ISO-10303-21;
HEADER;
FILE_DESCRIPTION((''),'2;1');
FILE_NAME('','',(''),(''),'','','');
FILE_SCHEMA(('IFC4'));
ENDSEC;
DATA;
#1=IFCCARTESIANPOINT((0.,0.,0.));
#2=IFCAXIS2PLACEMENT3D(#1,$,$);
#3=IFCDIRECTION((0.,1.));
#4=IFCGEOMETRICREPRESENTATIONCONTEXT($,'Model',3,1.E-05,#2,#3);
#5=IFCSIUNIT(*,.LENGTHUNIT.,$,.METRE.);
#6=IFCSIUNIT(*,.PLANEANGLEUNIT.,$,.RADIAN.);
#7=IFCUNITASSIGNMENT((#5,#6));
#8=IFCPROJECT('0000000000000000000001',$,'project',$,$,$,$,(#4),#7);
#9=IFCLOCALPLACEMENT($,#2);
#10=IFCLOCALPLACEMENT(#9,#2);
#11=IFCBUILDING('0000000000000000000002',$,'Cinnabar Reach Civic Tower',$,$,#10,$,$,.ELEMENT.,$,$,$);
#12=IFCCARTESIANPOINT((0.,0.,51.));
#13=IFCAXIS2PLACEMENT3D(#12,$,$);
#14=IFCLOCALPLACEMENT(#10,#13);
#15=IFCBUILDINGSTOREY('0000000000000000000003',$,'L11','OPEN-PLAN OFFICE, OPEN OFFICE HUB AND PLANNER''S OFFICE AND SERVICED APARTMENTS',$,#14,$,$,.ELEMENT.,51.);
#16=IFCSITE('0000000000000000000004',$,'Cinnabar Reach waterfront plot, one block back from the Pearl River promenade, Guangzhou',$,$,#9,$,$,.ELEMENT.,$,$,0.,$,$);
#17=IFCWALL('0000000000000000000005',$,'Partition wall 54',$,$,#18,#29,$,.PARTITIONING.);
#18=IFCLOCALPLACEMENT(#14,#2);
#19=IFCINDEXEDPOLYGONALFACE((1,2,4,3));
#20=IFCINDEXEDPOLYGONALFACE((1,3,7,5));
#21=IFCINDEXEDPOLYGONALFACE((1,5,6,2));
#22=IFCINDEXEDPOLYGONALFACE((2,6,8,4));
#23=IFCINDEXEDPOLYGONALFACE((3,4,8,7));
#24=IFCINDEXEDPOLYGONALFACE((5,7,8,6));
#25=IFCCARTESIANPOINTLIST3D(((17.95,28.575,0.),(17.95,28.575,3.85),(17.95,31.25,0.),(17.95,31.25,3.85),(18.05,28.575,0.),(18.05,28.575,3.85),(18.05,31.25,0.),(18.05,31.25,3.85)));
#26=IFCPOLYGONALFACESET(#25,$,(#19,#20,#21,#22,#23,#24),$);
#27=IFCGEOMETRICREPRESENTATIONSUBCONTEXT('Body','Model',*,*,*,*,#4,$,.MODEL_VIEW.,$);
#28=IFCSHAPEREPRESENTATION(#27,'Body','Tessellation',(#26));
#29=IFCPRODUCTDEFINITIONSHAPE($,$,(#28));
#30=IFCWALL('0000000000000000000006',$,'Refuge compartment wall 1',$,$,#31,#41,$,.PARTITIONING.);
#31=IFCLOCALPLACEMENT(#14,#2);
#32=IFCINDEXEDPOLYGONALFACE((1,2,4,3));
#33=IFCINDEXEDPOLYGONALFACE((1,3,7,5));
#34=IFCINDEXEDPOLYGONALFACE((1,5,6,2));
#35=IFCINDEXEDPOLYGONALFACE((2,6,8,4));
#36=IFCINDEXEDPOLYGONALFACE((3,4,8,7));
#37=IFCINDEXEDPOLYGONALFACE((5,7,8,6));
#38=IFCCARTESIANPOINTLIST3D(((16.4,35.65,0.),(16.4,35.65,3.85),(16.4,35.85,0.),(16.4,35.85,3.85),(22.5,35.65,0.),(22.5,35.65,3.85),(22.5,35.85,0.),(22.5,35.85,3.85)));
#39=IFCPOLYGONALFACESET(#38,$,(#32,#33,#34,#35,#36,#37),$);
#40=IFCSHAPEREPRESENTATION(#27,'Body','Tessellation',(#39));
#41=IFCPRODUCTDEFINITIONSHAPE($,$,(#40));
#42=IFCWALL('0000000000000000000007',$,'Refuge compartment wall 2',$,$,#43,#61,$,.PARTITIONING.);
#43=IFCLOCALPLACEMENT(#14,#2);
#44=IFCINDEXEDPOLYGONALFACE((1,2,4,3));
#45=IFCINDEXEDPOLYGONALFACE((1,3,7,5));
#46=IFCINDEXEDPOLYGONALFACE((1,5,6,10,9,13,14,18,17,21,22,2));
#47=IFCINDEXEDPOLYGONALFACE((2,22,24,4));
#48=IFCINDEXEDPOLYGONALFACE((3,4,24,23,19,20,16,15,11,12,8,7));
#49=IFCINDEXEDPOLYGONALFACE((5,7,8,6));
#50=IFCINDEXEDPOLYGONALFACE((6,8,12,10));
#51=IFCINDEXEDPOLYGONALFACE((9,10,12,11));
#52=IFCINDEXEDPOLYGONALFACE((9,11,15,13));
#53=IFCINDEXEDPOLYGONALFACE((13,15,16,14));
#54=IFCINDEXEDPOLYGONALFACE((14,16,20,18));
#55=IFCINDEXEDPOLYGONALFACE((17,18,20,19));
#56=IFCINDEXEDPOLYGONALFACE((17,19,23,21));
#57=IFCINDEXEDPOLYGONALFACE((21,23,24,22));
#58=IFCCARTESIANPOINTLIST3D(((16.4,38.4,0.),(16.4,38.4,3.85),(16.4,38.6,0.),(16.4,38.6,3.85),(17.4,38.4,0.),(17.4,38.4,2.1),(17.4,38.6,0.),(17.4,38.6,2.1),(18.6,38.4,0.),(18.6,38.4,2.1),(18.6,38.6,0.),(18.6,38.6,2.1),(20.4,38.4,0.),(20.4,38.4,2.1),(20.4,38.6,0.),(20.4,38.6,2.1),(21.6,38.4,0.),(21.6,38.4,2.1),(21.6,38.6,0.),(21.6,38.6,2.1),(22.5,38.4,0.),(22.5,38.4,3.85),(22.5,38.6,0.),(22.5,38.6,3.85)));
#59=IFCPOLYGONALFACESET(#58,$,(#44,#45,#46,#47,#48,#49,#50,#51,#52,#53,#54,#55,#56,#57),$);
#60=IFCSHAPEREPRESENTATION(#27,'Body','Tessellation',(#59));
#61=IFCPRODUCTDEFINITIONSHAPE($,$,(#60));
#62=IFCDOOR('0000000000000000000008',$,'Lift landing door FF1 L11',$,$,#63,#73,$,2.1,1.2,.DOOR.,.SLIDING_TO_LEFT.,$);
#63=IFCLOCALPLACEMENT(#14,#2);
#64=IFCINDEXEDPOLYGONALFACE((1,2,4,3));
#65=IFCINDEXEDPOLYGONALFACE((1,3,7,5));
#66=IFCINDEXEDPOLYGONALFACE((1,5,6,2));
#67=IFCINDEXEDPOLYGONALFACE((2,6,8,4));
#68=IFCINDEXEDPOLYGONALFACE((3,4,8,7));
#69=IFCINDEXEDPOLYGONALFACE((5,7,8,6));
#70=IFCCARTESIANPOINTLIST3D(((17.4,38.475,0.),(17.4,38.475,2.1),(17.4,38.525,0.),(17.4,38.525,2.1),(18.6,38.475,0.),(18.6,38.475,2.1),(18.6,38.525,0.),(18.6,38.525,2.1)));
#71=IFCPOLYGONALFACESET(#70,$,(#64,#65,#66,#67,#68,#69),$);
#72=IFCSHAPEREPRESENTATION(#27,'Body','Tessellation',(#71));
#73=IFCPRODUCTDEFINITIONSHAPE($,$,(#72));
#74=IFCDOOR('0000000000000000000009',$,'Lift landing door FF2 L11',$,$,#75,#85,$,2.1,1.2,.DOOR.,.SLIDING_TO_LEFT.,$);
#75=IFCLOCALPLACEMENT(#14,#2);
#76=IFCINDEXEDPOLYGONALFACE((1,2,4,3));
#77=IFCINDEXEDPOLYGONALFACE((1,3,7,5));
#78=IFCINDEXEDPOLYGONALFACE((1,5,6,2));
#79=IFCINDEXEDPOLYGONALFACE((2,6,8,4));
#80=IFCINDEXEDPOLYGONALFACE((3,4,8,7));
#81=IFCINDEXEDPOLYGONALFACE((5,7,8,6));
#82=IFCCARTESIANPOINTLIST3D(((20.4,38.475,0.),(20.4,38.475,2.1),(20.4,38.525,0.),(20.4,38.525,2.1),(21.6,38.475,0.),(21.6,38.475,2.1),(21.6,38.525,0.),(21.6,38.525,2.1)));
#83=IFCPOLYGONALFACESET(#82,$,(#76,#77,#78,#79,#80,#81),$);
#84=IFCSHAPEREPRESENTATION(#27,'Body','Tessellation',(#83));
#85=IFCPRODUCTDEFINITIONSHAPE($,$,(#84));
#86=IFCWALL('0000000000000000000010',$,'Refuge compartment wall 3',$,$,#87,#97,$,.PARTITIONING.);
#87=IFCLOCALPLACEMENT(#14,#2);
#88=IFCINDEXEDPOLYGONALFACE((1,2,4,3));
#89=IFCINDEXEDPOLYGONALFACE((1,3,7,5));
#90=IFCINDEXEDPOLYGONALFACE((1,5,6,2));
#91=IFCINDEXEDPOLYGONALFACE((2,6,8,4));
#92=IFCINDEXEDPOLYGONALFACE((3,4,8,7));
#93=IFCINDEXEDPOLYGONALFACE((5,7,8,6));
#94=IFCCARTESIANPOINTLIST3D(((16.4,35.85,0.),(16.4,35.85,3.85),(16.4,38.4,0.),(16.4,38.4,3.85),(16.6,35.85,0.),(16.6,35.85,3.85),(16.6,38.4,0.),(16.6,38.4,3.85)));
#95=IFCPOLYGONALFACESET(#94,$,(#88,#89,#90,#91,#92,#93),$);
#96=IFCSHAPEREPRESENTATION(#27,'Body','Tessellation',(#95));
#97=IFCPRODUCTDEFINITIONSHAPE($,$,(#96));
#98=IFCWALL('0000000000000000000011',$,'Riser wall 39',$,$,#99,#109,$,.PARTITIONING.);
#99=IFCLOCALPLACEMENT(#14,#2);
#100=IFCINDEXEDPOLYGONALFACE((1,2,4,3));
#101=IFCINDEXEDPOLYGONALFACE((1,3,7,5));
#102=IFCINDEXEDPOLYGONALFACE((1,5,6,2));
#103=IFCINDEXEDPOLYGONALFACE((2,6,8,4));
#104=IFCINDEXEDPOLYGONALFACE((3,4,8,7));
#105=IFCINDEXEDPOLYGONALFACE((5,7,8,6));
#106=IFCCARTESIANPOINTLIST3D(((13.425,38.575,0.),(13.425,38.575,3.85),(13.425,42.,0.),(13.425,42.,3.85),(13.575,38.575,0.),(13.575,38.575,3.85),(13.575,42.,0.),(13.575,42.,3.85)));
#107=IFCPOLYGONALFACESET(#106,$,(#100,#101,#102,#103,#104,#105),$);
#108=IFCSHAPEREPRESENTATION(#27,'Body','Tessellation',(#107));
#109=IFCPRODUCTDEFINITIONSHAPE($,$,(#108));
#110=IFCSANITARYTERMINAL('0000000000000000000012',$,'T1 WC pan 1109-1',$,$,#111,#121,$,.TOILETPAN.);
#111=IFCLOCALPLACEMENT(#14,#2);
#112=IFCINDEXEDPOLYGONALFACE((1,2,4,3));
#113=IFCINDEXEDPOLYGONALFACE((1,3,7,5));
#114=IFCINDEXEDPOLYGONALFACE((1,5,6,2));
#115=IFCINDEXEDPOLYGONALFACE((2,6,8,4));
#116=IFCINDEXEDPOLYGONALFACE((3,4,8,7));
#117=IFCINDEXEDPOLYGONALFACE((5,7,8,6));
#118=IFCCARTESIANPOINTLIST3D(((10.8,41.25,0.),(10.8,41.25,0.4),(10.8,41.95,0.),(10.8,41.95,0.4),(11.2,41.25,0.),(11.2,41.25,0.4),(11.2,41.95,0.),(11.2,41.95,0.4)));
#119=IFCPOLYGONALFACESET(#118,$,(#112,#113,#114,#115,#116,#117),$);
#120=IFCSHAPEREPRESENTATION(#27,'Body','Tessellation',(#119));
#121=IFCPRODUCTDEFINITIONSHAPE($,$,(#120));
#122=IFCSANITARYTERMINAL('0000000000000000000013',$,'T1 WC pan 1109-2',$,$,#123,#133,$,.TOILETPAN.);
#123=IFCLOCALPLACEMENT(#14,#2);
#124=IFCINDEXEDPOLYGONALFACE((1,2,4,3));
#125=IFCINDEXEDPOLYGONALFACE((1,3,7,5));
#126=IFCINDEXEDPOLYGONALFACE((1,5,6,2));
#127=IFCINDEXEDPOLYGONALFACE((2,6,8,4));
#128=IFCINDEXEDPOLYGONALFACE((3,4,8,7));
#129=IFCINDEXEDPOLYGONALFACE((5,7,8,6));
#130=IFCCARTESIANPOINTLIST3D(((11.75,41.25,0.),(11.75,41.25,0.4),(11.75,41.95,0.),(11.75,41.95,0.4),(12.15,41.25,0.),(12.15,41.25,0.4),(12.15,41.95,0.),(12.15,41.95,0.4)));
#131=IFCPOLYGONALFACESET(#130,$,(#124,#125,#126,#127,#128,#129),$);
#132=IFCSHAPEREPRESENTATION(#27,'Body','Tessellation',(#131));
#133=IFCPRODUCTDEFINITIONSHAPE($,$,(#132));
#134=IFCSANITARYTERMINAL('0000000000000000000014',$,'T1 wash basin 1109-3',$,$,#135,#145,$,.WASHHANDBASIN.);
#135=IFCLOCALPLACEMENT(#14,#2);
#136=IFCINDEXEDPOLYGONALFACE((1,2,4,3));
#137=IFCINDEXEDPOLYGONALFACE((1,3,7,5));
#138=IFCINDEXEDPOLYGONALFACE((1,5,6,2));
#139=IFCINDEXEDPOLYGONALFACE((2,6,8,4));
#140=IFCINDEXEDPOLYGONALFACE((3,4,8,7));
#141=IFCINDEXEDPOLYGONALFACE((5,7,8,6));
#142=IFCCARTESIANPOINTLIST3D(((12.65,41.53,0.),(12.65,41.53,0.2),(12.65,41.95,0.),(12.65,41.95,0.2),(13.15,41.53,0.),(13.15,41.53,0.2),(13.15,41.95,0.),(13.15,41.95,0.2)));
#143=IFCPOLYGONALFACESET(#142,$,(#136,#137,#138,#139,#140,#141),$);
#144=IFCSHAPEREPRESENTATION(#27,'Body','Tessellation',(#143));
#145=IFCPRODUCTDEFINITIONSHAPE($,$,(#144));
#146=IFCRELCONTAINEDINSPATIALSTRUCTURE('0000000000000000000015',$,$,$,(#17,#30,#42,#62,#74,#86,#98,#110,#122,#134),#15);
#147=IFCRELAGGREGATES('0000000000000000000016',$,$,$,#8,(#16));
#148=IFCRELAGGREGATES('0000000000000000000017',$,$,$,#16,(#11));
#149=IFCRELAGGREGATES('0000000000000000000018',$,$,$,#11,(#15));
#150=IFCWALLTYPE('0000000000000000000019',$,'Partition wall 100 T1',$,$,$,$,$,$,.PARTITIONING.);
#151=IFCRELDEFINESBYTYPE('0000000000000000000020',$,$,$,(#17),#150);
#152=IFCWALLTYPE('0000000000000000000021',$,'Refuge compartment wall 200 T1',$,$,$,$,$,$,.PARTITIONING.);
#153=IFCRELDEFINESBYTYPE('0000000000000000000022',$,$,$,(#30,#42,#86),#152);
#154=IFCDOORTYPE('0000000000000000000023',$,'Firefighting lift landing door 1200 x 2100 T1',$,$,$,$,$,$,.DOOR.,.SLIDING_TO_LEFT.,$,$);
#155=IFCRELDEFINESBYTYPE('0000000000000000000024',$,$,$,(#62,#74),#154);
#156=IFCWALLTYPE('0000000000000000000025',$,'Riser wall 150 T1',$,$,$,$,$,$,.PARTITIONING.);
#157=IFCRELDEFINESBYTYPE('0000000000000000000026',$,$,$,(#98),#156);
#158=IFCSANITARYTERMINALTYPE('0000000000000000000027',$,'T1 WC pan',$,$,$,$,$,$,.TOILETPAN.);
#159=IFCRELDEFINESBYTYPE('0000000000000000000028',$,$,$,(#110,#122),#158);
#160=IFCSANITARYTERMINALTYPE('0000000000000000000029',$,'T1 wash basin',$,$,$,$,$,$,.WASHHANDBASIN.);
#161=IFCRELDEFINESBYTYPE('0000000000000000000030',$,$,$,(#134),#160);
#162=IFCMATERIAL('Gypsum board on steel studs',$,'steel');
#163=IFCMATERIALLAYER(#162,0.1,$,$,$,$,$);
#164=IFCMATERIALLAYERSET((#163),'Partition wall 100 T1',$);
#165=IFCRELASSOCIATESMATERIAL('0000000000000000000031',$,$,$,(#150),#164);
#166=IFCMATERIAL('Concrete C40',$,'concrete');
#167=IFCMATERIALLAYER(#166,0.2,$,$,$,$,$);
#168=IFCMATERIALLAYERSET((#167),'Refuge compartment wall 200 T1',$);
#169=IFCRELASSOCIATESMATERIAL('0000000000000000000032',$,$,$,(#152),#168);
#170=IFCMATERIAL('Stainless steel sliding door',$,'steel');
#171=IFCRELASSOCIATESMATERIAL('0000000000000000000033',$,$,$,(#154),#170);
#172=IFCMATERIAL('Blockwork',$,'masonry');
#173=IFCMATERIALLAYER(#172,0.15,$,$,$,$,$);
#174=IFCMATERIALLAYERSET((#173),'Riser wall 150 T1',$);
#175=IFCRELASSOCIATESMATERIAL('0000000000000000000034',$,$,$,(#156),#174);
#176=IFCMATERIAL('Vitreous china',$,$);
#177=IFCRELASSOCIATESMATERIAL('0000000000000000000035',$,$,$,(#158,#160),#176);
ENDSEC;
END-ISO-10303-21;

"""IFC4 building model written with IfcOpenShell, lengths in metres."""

from ifc_helpers import new_model, si_unit, direction, frame, frame_2d, origin, origin_2d, place, context, subcontext, project, spatial, rectangle, extrude, material, layer, layer_set, type_object, element, fill, save


model = new_model("IFC4")

# Units and contexts
model_context = context("Model", 3, precision=1e-05, world=origin(), true_north=direction((0.0, 1.0)))
body_context = subcontext(model_context, "Body", "Model", "MODEL_VIEW")
ifc_project = project(units=[si_unit("LENGTHUNIT", "METRE"), si_unit("PLANEANGLEUNIT", "RADIAN")], contexts=[model_context])

# Site, building, storey
site_placement = place(None, origin())
site = spatial("IfcSite", under=ifc_project, at=site_placement, Name="Cinnabar Reach waterfront plot, one block back from the Pearl River promenade, Guangzhou", CompositionType="ELEMENT", RefElevation=0.0)
building_placement = place(site_placement, origin())
building = spatial("IfcBuilding", under=site, at=building_placement, Name="Cinnabar Reach Civic Tower", CompositionType="ELEMENT")
storey_placement = place(building_placement, frame((0.0, 0.0, 51.0)))
storey = spatial("IfcBuildingStorey", under=building, at=storey_placement, Name="L11", Description="OPEN-PLAN OFFICE, OPEN OFFICE HUB AND PLANNER'S OFFICE AND SERVICED APARTMENTS", CompositionType="ELEMENT", Elevation=51.0)

# Walls
ifc_material_1 = material(Name="Blockwork", Category="masonry")
ifc_material_2 = material(Name="Gypsum board on steel studs", Category="steel")
ifc_layer_1 = layer(ifc_material_2, 0.1)
ifc_layer_set_1 = layer_set([ifc_layer_1], Name="Partition wall 100 T1")
wall_type_1 = type_object("IfcWallType", Name="Partition wall 100 T1", PredefinedType="PARTITIONING", material=ifc_layer_set_1)
wall_1_placement = place(storey_placement, frame((18.0, 28.575, 0.0), z_axis=(0.0, 0.0, 1.0), x_axis=(0.0, 1.0, 0.0)))
element("IfcWall", 1, at=wall_1_placement, inside=storey, type_object=wall_type_1, Name="Partition wall 54", PredefinedType="PARTITIONING", context=body_context, shape_type="SweptSolid", body=[
    extrude(rectangle(XDim=2.675, YDim=0.1, at=frame_2d((1.3375, 0.0))), origin(), (0.0, 0.0, 1.0), 3.85),
])
ifc_material_3 = material(Name="Concrete C40", Category="concrete")
ifc_layer_2 = layer(ifc_material_3, 0.2)
ifc_layer_set_2 = layer_set([ifc_layer_2], Name="Refuge compartment wall 200 T1")
wall_type_2 = type_object("IfcWallType", Name="Refuge compartment wall 200 T1", PredefinedType="PARTITIONING", material=ifc_layer_set_2)
wall_2_placement = place(storey_placement, frame((16.4, 35.75, 0.0), z_axis=(0.0, 0.0, 1.0), x_axis=(1.0, 0.0, 0.0)))
element("IfcWall", 2, at=wall_2_placement, inside=storey, type_object=wall_type_2, Name="Refuge compartment wall 1", PredefinedType="PARTITIONING", context=body_context, shape_type="SweptSolid", body=[
    extrude(rectangle(XDim=6.1, YDim=0.2, at=frame_2d((3.05, 0.0))), origin(), (0.0, 0.0, 1.0), 3.85),
])

# Wall, openings, doors
wall_3_placement = place(storey_placement, frame((16.4, 38.5, 0.0), z_axis=(0.0, 0.0, 1.0), x_axis=(1.0, 0.0, 0.0)))
wall_3 = element("IfcWall", 3, at=wall_3_placement, inside=storey, type_object=wall_type_2, Name="Refuge compartment wall 2", PredefinedType="PARTITIONING", context=body_context, shape_type="SweptSolid", body=[
    extrude(rectangle(XDim=6.1, YDim=0.2, at=frame_2d((3.05, 0.0))), origin(), (0.0, 0.0, 1.0), 3.85),
])
opening_1_placement = place(wall_3_placement, frame((1.0, 0.0, 0.0)))
opening_1 = element("IfcOpeningElement", 4, at=opening_1_placement, cuts=wall_3, PredefinedType="OPENING", context=body_context, shape_type="SweptSolid", body=[
    extrude(rectangle(XDim=1.2, YDim=2.1, at=frame_2d((0.6, 1.05))), frame((0.0, 0.11, 0.0), z_axis=(0.0, -1.0, 0.0), x_axis=(1.0, 0.0, 0.0)), (0.0, 0.0, 1.0), 0.22),
])
opening_2_placement = place(wall_3_placement, frame((4.0, 0.0, 0.0)))
opening_2 = element("IfcOpeningElement", 5, at=opening_2_placement, cuts=wall_3, PredefinedType="OPENING", context=body_context, shape_type="SweptSolid", body=[
    extrude(rectangle(XDim=1.2, YDim=2.1, at=frame_2d((0.6, 1.05))), frame((0.0, 0.11, 0.0), z_axis=(0.0, -1.0, 0.0), x_axis=(1.0, 0.0, 0.0)), (0.0, 0.0, 1.0), 0.22),
])
ifc_material_4 = material(Name="Stainless steel sliding door", Category="steel")
door_type_1 = type_object("IfcDoorType", Name="Firefighting lift landing door 1200 x 2100 T1", OperationType="SLIDING_TO_LEFT", PredefinedType="DOOR", material=ifc_material_4)
door_1_placement = place(opening_1_placement, origin())
door_1 = element("IfcDoor", 6, at=door_1_placement, inside=storey, type_object=door_type_1, Name="Lift landing door FF1 L11", OperationType="SLIDING_TO_LEFT", OverallHeight=2.1, OverallWidth=1.2, PredefinedType="DOOR", context=body_context, shape_type="SweptSolid", body=[
    extrude(rectangle(XDim=1.2, YDim=2.1, at=frame_2d((0.6, 1.05))), frame((0.0, 0.025, 0.0), z_axis=(0.0, -1.0, 0.0), x_axis=(1.0, 0.0, 0.0)), (0.0, 0.0, 1.0), 0.05),
])
fill(opening_1, door_1)
door_2_placement = place(opening_2_placement, origin())
door_2 = element("IfcDoor", 7, at=door_2_placement, inside=storey, type_object=door_type_1, Name="Lift landing door FF2 L11", OperationType="SLIDING_TO_LEFT", OverallHeight=2.1, OverallWidth=1.2, PredefinedType="DOOR", context=body_context, shape_type="SweptSolid", body=[
    extrude(rectangle(XDim=1.2, YDim=2.1, at=frame_2d((0.6, 1.05))), frame((0.0, 0.025, 0.0), z_axis=(0.0, -1.0, 0.0), x_axis=(1.0, 0.0, 0.0)), (0.0, 0.0, 1.0), 0.05),
])
fill(opening_2, door_2)

# Walls
wall_4_placement = place(storey_placement, frame((16.5, 35.85, 0.0), z_axis=(0.0, 0.0, 1.0), x_axis=(0.0, 1.0, 0.0)))
element("IfcWall", 8, at=wall_4_placement, inside=storey, type_object=wall_type_2, Name="Refuge compartment wall 3", PredefinedType="PARTITIONING", context=body_context, shape_type="SweptSolid", body=[
    extrude(rectangle(XDim=2.55, YDim=0.2, at=frame_2d((1.275, 0.0))), origin(), (0.0, 0.0, 1.0), 3.85),
])
ifc_layer_3 = layer(ifc_material_1, 0.15)
ifc_layer_set_3 = layer_set([ifc_layer_3], Name="Riser wall 150 T1")
wall_type_3 = type_object("IfcWallType", Name="Riser wall 150 T1", PredefinedType="PARTITIONING", material=ifc_layer_set_3)
wall_5_placement = place(storey_placement, frame((13.5, 38.575, 0.0), z_axis=(0.0, 0.0, 1.0), x_axis=(0.0, 1.0, 0.0)))
element("IfcWall", 9, at=wall_5_placement, inside=storey, type_object=wall_type_3, Name="Riser wall 39", PredefinedType="PARTITIONING", context=body_context, shape_type="SweptSolid", body=[
    extrude(rectangle(XDim=3.425, YDim=0.15, at=frame_2d((1.7125, 0.0))), origin(), (0.0, 0.0, 1.0), 3.85),
])

# Sanitary terminals
ifc_material_5 = material(Name="Vitreous china")
sanitary_terminal_type_1 = type_object("IfcSanitaryTerminalType", Name="T1 WC pan", PredefinedType="TOILETPAN", material=ifc_material_5)
for number, where, z_axis, x_axis, name in (
    (10, (11.0, 41.6, 0.0), (0.0, 0.0, 1.0), (1.0, 0.0, 0.0), "T1 WC pan 1109-1"),
    (11, (11.95, 41.6, 0.0), (0.0, 0.0, 1.0), (1.0, 0.0, 0.0), "T1 WC pan 1109-2"),
):
    element("IfcSanitaryTerminal", number, at=place(storey_placement, frame(where, z_axis=z_axis, x_axis=x_axis)), inside=storey, type_object=sanitary_terminal_type_1, Name=name, PredefinedType="TOILETPAN", context=body_context, shape_type="SweptSolid", body=[
        extrude(rectangle(XDim=0.4, YDim=0.7, at=origin_2d()), origin(), (0.0, 0.0, 1.0), 0.4),
    ])
sanitary_terminal_type_2 = type_object("IfcSanitaryTerminalType", Name="T1 wash basin", PredefinedType="WASHHANDBASIN", material=ifc_material_5)
sanitary_terminal_placement = place(storey_placement, frame((12.9, 41.74, 0.0), z_axis=(0.0, 0.0, 1.0), x_axis=(1.0, 0.0, 0.0)))
element("IfcSanitaryTerminal", 12, at=sanitary_terminal_placement, inside=storey, type_object=sanitary_terminal_type_2, Name="T1 wash basin 1109-3", PredefinedType="WASHHANDBASIN", context=body_context, shape_type="SweptSolid", body=[
    extrude(rectangle(XDim=0.5, YDim=0.42, at=origin_2d()), origin(), (0.0, 0.0, 1.0), 0.2),
])

save(model, "model.ifc")
